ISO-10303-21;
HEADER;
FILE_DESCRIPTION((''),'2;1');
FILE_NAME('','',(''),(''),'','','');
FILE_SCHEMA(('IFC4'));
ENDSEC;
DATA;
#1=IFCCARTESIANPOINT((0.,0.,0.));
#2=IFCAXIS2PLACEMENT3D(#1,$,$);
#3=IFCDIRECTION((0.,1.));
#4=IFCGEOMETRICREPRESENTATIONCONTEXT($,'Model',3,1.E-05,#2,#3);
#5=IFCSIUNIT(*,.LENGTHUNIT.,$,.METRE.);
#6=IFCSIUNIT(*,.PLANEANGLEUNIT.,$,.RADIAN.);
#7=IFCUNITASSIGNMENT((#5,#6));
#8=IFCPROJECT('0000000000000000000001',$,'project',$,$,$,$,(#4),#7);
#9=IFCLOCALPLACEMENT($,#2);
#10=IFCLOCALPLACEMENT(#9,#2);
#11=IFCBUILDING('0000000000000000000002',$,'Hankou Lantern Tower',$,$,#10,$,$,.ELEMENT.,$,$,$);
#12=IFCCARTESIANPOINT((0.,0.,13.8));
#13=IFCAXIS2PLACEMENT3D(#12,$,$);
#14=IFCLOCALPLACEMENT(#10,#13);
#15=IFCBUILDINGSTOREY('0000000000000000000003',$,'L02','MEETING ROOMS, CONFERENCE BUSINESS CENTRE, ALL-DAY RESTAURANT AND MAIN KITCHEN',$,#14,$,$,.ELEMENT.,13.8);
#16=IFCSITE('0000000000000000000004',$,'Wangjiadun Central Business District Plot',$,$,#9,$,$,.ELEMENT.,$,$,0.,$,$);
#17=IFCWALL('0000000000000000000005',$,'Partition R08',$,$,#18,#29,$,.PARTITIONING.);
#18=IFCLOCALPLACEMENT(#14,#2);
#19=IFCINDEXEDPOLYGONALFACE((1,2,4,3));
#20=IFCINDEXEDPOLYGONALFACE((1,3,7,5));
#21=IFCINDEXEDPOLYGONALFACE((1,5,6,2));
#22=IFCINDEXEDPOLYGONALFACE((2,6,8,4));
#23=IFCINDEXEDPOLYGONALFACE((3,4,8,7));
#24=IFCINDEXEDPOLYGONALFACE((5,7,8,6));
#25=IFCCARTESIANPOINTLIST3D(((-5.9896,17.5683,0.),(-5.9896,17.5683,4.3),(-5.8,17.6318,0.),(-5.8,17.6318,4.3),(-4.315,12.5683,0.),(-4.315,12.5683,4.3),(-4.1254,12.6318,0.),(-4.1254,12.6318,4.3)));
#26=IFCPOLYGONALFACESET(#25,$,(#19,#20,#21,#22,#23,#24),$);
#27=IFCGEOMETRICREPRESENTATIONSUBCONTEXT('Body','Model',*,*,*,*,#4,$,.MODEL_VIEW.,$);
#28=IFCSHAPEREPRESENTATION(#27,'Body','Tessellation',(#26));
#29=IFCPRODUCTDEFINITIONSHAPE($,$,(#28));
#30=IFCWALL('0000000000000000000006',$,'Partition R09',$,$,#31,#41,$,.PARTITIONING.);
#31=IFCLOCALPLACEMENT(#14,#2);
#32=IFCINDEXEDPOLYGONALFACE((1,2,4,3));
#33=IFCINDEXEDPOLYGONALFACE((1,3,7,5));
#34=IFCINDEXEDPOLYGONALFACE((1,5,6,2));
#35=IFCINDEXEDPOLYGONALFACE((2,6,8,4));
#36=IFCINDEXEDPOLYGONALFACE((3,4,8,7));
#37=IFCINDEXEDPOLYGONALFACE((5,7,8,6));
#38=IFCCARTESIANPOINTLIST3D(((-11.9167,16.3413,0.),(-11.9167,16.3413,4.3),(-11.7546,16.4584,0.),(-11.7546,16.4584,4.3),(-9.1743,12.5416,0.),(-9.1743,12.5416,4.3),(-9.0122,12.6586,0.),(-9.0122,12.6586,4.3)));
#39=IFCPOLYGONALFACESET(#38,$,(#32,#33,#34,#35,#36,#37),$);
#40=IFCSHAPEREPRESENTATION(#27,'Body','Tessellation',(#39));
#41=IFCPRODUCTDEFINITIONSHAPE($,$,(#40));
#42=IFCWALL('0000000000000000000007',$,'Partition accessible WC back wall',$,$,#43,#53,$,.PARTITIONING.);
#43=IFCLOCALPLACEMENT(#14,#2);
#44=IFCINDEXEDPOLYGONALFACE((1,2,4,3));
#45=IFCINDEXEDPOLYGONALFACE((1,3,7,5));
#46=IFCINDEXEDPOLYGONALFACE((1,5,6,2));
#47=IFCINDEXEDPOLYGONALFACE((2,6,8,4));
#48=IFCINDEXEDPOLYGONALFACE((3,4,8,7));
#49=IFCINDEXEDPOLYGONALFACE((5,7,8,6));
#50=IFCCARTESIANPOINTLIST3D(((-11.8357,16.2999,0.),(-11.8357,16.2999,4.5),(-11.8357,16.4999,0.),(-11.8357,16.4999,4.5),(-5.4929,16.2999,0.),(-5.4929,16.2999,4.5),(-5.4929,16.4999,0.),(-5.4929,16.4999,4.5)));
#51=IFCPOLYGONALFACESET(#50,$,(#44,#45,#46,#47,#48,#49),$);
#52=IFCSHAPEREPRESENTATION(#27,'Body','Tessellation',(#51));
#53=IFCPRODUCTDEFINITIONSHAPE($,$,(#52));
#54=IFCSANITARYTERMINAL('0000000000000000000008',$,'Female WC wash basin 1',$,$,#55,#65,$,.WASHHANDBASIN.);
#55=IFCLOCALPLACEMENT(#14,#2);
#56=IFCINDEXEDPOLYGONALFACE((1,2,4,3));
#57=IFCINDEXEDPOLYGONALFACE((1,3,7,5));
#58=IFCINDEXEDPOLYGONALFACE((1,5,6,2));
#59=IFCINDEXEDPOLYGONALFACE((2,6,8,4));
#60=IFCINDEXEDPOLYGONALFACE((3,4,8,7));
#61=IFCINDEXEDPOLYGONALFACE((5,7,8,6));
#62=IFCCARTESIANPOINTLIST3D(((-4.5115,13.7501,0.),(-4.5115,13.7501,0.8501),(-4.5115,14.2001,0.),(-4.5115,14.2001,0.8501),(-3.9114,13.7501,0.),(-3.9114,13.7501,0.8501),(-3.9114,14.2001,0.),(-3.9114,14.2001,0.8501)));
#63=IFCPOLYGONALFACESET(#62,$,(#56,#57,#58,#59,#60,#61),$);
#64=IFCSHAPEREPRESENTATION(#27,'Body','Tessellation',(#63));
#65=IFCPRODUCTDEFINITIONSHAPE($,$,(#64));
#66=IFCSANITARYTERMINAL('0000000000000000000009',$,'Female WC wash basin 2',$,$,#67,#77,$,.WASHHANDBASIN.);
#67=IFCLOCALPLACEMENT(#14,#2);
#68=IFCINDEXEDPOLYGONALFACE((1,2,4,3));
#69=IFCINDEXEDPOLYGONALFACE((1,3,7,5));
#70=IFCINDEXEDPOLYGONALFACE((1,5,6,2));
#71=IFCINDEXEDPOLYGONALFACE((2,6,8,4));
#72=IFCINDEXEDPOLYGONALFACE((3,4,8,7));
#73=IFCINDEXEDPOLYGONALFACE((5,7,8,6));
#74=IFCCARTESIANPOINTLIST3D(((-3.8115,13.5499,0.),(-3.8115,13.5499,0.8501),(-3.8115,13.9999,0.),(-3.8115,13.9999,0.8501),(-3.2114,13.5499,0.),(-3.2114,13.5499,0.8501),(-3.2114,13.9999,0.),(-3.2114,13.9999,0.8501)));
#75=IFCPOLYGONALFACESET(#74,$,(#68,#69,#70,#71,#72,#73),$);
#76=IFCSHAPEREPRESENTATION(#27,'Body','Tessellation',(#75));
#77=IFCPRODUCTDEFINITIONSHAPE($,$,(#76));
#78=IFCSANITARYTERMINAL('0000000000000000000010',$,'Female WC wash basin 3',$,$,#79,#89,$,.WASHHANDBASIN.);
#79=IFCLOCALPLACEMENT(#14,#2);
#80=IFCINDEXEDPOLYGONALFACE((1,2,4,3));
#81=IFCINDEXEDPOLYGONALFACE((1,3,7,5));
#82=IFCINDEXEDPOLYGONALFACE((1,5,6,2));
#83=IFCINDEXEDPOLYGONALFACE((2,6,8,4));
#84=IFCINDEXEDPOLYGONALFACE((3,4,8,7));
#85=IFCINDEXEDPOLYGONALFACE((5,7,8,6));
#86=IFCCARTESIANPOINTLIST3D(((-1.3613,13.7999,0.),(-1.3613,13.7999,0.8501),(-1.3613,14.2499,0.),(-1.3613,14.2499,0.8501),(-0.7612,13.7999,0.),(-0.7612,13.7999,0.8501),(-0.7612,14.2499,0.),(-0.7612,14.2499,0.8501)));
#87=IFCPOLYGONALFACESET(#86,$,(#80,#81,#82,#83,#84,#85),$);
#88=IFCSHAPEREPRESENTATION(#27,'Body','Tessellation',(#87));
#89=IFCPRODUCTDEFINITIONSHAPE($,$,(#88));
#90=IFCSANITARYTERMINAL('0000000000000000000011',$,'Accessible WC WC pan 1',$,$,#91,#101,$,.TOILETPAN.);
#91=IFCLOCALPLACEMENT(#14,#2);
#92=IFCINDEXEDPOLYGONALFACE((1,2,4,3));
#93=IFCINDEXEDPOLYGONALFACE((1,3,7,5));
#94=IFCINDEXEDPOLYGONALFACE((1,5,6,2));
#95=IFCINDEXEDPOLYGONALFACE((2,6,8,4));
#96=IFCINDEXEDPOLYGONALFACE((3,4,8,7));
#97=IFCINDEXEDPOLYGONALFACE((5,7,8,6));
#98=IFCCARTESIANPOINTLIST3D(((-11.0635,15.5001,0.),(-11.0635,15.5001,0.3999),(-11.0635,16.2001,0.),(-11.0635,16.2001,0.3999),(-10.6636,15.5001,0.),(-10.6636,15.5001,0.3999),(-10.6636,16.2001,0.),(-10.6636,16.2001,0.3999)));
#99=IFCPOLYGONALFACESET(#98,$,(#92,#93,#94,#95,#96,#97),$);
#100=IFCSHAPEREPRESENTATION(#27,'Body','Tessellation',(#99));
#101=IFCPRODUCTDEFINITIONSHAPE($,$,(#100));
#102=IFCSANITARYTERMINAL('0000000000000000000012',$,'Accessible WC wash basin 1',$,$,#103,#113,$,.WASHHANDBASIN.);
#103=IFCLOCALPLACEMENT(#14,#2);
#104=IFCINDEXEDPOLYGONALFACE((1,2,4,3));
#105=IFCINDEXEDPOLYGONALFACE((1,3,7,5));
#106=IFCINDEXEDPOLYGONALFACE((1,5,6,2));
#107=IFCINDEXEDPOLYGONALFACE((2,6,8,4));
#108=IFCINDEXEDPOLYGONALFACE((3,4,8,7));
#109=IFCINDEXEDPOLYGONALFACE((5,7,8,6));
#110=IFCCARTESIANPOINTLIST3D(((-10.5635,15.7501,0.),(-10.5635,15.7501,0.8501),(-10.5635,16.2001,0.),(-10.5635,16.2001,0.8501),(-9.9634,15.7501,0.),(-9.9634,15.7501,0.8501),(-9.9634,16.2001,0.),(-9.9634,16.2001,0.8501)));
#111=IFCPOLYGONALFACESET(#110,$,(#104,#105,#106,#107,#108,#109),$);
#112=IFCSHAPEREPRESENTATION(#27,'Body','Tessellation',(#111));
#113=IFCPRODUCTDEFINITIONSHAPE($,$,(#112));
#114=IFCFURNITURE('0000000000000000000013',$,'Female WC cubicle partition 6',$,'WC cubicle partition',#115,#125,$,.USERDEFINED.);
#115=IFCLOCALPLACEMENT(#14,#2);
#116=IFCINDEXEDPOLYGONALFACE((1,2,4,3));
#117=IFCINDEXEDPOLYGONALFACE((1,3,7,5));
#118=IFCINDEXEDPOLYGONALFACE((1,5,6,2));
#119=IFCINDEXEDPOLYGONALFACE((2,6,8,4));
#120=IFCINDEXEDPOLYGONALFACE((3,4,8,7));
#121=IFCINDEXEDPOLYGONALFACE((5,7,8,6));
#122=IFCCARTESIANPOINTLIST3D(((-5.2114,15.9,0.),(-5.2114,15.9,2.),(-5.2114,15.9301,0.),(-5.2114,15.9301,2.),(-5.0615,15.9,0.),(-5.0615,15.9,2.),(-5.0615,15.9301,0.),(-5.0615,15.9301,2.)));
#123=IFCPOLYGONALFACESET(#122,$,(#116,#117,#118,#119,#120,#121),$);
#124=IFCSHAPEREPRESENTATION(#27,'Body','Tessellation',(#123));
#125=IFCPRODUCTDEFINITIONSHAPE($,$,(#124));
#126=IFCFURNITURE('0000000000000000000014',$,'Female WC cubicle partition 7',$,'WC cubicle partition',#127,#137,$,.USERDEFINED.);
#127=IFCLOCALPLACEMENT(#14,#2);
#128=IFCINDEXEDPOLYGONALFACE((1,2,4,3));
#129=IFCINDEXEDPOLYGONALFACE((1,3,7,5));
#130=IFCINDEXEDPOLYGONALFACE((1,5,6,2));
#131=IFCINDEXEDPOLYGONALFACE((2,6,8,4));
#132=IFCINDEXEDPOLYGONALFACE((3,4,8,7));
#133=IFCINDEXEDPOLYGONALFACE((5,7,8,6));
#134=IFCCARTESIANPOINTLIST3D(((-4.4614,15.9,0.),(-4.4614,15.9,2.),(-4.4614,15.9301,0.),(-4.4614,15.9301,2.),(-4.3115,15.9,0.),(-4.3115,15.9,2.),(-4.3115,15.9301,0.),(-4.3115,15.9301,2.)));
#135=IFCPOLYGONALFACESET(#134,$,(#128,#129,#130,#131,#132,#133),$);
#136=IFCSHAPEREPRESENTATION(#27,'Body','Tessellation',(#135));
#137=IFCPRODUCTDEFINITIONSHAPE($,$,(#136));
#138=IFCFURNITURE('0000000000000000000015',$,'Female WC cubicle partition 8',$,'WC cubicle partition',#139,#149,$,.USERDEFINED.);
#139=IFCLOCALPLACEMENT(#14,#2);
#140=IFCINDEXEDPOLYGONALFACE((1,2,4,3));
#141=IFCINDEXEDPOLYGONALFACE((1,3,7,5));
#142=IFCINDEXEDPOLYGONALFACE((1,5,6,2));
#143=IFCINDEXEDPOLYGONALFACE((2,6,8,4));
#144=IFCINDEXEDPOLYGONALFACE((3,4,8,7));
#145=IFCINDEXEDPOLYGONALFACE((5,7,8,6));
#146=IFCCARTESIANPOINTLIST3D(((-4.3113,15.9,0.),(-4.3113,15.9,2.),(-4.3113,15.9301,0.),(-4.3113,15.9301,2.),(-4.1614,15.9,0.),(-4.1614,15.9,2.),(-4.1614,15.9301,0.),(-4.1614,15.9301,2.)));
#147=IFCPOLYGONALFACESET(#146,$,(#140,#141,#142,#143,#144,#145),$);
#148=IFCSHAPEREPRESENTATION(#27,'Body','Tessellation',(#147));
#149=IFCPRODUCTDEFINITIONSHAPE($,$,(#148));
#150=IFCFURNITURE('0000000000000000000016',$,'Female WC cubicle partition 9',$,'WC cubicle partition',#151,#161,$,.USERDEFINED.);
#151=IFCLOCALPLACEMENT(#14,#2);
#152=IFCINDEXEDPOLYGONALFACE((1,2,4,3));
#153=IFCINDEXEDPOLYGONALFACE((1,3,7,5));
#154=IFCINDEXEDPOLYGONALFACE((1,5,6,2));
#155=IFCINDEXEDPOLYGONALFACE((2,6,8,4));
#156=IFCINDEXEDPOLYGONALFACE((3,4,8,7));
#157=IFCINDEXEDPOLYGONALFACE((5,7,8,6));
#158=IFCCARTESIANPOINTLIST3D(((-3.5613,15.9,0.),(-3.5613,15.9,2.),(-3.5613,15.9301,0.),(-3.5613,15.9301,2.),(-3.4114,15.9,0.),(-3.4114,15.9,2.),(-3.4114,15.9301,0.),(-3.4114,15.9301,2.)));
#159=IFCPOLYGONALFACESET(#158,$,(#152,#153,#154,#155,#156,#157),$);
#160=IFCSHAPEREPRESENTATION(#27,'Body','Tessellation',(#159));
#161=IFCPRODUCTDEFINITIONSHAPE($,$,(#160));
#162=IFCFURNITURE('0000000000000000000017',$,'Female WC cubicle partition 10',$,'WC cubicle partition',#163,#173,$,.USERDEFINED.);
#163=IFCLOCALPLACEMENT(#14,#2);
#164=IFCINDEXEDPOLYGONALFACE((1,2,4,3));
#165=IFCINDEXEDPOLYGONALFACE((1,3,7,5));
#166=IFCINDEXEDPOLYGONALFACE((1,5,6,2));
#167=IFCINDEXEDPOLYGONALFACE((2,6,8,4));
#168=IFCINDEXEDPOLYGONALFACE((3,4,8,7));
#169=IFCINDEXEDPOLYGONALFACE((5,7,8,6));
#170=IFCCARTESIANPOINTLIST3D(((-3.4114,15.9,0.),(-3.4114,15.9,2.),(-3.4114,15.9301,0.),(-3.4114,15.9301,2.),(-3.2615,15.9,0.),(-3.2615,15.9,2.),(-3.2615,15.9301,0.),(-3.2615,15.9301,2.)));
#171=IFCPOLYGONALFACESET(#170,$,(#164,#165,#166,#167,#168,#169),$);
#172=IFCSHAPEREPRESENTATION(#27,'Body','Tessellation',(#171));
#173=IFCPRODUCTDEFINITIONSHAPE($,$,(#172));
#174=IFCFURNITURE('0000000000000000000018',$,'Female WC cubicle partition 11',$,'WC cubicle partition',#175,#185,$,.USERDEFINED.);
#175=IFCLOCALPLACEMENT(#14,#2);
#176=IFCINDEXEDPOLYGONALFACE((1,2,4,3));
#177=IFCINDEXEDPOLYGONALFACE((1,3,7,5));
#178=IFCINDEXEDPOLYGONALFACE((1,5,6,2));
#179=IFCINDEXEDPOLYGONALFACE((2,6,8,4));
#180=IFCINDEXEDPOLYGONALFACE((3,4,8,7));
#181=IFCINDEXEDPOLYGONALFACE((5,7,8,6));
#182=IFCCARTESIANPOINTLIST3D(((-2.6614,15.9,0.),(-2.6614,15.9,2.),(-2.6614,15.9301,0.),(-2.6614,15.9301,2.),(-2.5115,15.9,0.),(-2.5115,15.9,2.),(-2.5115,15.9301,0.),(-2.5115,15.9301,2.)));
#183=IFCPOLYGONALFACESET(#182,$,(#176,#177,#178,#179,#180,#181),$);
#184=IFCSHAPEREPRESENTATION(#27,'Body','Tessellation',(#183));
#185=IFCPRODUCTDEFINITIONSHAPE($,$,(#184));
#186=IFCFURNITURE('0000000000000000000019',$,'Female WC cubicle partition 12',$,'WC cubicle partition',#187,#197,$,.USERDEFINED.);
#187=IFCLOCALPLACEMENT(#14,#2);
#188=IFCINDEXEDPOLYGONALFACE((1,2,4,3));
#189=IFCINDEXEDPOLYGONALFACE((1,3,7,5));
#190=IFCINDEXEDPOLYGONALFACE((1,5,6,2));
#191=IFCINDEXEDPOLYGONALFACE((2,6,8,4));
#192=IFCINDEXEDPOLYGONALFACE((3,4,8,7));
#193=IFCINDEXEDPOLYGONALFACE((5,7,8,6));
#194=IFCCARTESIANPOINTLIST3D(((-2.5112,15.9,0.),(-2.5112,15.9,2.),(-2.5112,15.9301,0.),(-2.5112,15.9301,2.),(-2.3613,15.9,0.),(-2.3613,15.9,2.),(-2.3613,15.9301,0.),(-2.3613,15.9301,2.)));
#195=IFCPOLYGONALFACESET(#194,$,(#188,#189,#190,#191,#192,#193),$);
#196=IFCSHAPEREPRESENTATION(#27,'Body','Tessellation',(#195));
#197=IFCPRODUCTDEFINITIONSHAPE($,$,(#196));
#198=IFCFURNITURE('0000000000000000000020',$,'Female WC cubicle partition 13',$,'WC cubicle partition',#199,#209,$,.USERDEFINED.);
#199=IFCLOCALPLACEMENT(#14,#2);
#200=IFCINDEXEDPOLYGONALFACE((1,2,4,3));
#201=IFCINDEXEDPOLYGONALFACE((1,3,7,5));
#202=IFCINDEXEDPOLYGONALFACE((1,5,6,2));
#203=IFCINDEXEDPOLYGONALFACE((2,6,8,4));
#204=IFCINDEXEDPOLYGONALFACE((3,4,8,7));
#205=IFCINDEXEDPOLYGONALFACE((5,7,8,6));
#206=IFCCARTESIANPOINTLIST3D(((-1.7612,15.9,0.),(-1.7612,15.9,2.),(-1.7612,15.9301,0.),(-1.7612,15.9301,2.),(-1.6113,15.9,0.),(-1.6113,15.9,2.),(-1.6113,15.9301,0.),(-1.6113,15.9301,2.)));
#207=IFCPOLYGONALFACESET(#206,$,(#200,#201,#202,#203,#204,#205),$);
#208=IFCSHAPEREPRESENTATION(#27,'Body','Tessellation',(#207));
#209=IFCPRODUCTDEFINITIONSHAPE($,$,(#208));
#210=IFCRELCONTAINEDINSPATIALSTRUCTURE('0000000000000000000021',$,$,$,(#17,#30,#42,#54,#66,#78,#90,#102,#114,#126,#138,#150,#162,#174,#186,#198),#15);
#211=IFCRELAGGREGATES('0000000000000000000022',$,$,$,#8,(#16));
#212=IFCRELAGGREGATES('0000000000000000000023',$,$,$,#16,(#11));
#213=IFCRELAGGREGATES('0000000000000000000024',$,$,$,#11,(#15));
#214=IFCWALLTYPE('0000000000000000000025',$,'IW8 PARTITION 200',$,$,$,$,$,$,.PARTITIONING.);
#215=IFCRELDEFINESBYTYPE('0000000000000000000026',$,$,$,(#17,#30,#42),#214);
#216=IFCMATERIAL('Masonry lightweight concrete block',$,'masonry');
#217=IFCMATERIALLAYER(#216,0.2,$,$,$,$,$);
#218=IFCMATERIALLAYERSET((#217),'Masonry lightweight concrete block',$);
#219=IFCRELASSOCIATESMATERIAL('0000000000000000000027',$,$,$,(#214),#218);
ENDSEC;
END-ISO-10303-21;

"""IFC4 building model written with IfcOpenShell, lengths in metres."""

from ifc_helpers import new_model, si_unit, direction, frame, frame_2d, origin, origin_2d, place, context, subcontext, project, spatial, rectangle, extrude, material, layer, layer_set, type_object, element, save


model = new_model("IFC4")

# Units and contexts
model_context = context("Model", 3, precision=1e-05, world=origin(), true_north=direction((0.0, 1.0)))
body_context = subcontext(model_context, "Body", "Model", "MODEL_VIEW")
ifc_project = project(units=[si_unit("LENGTHUNIT", "METRE"), si_unit("PLANEANGLEUNIT", "RADIAN")], contexts=[model_context])

# Site, building, storey
site_placement = place(None, origin())
site = spatial("IfcSite", under=ifc_project, at=site_placement, Name="Wangjiadun Central Business District Plot", CompositionType="ELEMENT", RefElevation=0.0)
building_placement = place(site_placement, origin())
building = spatial("IfcBuilding", under=site, at=building_placement, Name="Hankou Lantern Tower", CompositionType="ELEMENT")
storey_placement = place(building_placement, frame((0.0, 0.0, 13.8)))
storey = spatial("IfcBuildingStorey", under=building, at=storey_placement, Name="L02", Description="MEETING ROOMS, CONFERENCE BUSINESS CENTRE, ALL-DAY RESTAURANT AND MAIN KITCHEN", CompositionType="ELEMENT", Elevation=13.8)

# Walls
ifc_material_1 = material(Name="Masonry lightweight concrete block", Category="masonry")
ifc_layer = layer(ifc_material_1, 0.2)
ifc_layer_set = layer_set([ifc_layer], Name="Masonry lightweight concrete block")
wall_type = type_object("IfcWallType", Name="IW8 PARTITION 200", PredefinedType="PARTITIONING", material=ifc_layer_set)
wall_1_placement = place(storey_placement, frame((-4.2202, 12.6001, 0.0), z_axis=(0.0, 0.0, 1.0), x_axis=(-0.317575, 0.948233, 0.0)))
element("IfcWall", 1, at=wall_1_placement, inside=storey, type_object=wall_type, Name="Partition R08", PredefinedType="PARTITIONING", context=body_context, shape_type="SweptSolid", body=[
    extrude(rectangle(XDim=5.2729, YDim=0.2, at=frame_2d((2.6365, 0.0))), origin(), (0.0, 0.0, 1.0), 4.3),
])
wall_2_placement = place(storey_placement, frame((-9.0933, 12.6001, 0.0), z_axis=(0.0, 0.0, 1.0), x_axis=(-0.585228, 0.810869, 0.0)))
element("IfcWall", 2, at=wall_2_placement, inside=storey, type_object=wall_type, Name="Partition R09", PredefinedType="PARTITIONING", context=body_context, shape_type="SweptSolid", body=[
    extrude(rectangle(XDim=4.686, YDim=0.2, at=frame_2d((2.343, 0.0))), origin(), (0.0, 0.0, 1.0), 4.3),
])
wall_3_placement = place(storey_placement, frame((-5.4929, 16.3999, 0.0), z_axis=(0.0, 0.0, 1.0), x_axis=(-1.0, 0.0, 0.0)))
element("IfcWall", 3, at=wall_3_placement, inside=storey, type_object=wall_type, Name="Partition accessible WC back wall", PredefinedType="PARTITIONING", context=body_context, shape_type="SweptSolid", body=[
    extrude(rectangle(XDim=6.3428, YDim=0.2, at=frame_2d((3.1714, 0.0))), origin(), (0.0, 0.0, 1.0), 4.5),
])

# Sanitary terminals
for number, where, z_axis, x_axis, name in (
    (4, (-4.2114, 13.9751, 0.0), (0.0, 0.0, 1.0), (1.0, 0.0, 0.0), "Female WC wash basin 1"),
    (5, (-3.5115, 13.7749, 0.0), (0.0, 0.0, 1.0), (1.0, 0.0, 0.0), "Female WC wash basin 2"),
    (6, (-1.0613, 14.0249, 0.0), (0.0, 0.0, 1.0), (1.0, 0.0, 0.0), "Female WC wash basin 3"),
):
    element("IfcSanitaryTerminal", number, at=place(storey_placement, frame(where, z_axis=z_axis, x_axis=x_axis)), inside=storey, Name=name, PredefinedType="WASHHANDBASIN", context=body_context, shape_type="SweptSolid", body=[
        extrude(rectangle(XDim=0.6001, YDim=0.45, at=origin_2d()), origin(), (0.0, 0.0, 1.0), 0.8501),
    ])
sanitary_terminal_1_placement = place(storey_placement, frame((-10.8635, 15.8501, 0.0), z_axis=(0.0, 0.0, 1.0), x_axis=(1.0, 0.0, 0.0)))
element("IfcSanitaryTerminal", 7, at=sanitary_terminal_1_placement, inside=storey, Name="Accessible WC WC pan 1", PredefinedType="TOILETPAN", context=body_context, shape_type="SweptSolid", body=[
    extrude(rectangle(XDim=0.3999, YDim=0.7, at=origin_2d()), origin(), (0.0, 0.0, 1.0), 0.3999),
])
sanitary_terminal_2_placement = place(storey_placement, frame((-10.2634, 15.9751, 0.0), z_axis=(0.0, 0.0, 1.0), x_axis=(1.0, 0.0, 0.0)))
element("IfcSanitaryTerminal", 8, at=sanitary_terminal_2_placement, inside=storey, Name="Accessible WC wash basin 1", PredefinedType="WASHHANDBASIN", context=body_context, shape_type="SweptSolid", body=[
    extrude(rectangle(XDim=0.6001, YDim=0.45, at=origin_2d()), origin(), (0.0, 0.0, 1.0), 0.8501),
])

# Furniture
for number, where, z_axis, x_axis, name in (
    (9, (-5.1365, 15.915, 0.0), (0.0, 0.0, 1.0), (1.0, 0.0, 0.0), "Female WC cubicle partition 6"),
    (10, (-4.3865, 15.915, 0.0), (0.0, 0.0, 1.0), (1.0, 0.0, 0.0), "Female WC cubicle partition 7"),
    (11, (-4.2363, 15.915, 0.0), (0.0, 0.0, 1.0), (1.0, 0.0, 0.0), "Female WC cubicle partition 8"),
    (12, (-3.4863, 15.915, 0.0), (0.0, 0.0, 1.0), (1.0, 0.0, 0.0), "Female WC cubicle partition 9"),
    (13, (-3.3364, 15.915, 0.0), (0.0, 0.0, 1.0), (1.0, 0.0, 0.0), "Female WC cubicle partition 10"),
    (14, (-2.5864, 15.915, 0.0), (0.0, 0.0, 1.0), (1.0, 0.0, 0.0), "Female WC cubicle partition 11"),
    (15, (-2.4363, 15.915, 0.0), (0.0, 0.0, 1.0), (1.0, 0.0, 0.0), "Female WC cubicle partition 12"),
    (16, (-1.6863, 15.915, 0.0), (0.0, 0.0, 1.0), (1.0, 0.0, 0.0), "Female WC cubicle partition 13"),
):
    element("IfcFurniture", number, at=place(storey_placement, frame(where, z_axis=z_axis, x_axis=x_axis)), inside=storey, Name=name, ObjectType="WC cubicle partition", PredefinedType="USERDEFINED", context=body_context, shape_type="SweptSolid", body=[
        extrude(rectangle(XDim=0.1499, YDim=0.03, at=origin_2d()), origin(), (0.0, 0.0, 1.0), 2.0),
    ])

save(model, "model.ifc")
